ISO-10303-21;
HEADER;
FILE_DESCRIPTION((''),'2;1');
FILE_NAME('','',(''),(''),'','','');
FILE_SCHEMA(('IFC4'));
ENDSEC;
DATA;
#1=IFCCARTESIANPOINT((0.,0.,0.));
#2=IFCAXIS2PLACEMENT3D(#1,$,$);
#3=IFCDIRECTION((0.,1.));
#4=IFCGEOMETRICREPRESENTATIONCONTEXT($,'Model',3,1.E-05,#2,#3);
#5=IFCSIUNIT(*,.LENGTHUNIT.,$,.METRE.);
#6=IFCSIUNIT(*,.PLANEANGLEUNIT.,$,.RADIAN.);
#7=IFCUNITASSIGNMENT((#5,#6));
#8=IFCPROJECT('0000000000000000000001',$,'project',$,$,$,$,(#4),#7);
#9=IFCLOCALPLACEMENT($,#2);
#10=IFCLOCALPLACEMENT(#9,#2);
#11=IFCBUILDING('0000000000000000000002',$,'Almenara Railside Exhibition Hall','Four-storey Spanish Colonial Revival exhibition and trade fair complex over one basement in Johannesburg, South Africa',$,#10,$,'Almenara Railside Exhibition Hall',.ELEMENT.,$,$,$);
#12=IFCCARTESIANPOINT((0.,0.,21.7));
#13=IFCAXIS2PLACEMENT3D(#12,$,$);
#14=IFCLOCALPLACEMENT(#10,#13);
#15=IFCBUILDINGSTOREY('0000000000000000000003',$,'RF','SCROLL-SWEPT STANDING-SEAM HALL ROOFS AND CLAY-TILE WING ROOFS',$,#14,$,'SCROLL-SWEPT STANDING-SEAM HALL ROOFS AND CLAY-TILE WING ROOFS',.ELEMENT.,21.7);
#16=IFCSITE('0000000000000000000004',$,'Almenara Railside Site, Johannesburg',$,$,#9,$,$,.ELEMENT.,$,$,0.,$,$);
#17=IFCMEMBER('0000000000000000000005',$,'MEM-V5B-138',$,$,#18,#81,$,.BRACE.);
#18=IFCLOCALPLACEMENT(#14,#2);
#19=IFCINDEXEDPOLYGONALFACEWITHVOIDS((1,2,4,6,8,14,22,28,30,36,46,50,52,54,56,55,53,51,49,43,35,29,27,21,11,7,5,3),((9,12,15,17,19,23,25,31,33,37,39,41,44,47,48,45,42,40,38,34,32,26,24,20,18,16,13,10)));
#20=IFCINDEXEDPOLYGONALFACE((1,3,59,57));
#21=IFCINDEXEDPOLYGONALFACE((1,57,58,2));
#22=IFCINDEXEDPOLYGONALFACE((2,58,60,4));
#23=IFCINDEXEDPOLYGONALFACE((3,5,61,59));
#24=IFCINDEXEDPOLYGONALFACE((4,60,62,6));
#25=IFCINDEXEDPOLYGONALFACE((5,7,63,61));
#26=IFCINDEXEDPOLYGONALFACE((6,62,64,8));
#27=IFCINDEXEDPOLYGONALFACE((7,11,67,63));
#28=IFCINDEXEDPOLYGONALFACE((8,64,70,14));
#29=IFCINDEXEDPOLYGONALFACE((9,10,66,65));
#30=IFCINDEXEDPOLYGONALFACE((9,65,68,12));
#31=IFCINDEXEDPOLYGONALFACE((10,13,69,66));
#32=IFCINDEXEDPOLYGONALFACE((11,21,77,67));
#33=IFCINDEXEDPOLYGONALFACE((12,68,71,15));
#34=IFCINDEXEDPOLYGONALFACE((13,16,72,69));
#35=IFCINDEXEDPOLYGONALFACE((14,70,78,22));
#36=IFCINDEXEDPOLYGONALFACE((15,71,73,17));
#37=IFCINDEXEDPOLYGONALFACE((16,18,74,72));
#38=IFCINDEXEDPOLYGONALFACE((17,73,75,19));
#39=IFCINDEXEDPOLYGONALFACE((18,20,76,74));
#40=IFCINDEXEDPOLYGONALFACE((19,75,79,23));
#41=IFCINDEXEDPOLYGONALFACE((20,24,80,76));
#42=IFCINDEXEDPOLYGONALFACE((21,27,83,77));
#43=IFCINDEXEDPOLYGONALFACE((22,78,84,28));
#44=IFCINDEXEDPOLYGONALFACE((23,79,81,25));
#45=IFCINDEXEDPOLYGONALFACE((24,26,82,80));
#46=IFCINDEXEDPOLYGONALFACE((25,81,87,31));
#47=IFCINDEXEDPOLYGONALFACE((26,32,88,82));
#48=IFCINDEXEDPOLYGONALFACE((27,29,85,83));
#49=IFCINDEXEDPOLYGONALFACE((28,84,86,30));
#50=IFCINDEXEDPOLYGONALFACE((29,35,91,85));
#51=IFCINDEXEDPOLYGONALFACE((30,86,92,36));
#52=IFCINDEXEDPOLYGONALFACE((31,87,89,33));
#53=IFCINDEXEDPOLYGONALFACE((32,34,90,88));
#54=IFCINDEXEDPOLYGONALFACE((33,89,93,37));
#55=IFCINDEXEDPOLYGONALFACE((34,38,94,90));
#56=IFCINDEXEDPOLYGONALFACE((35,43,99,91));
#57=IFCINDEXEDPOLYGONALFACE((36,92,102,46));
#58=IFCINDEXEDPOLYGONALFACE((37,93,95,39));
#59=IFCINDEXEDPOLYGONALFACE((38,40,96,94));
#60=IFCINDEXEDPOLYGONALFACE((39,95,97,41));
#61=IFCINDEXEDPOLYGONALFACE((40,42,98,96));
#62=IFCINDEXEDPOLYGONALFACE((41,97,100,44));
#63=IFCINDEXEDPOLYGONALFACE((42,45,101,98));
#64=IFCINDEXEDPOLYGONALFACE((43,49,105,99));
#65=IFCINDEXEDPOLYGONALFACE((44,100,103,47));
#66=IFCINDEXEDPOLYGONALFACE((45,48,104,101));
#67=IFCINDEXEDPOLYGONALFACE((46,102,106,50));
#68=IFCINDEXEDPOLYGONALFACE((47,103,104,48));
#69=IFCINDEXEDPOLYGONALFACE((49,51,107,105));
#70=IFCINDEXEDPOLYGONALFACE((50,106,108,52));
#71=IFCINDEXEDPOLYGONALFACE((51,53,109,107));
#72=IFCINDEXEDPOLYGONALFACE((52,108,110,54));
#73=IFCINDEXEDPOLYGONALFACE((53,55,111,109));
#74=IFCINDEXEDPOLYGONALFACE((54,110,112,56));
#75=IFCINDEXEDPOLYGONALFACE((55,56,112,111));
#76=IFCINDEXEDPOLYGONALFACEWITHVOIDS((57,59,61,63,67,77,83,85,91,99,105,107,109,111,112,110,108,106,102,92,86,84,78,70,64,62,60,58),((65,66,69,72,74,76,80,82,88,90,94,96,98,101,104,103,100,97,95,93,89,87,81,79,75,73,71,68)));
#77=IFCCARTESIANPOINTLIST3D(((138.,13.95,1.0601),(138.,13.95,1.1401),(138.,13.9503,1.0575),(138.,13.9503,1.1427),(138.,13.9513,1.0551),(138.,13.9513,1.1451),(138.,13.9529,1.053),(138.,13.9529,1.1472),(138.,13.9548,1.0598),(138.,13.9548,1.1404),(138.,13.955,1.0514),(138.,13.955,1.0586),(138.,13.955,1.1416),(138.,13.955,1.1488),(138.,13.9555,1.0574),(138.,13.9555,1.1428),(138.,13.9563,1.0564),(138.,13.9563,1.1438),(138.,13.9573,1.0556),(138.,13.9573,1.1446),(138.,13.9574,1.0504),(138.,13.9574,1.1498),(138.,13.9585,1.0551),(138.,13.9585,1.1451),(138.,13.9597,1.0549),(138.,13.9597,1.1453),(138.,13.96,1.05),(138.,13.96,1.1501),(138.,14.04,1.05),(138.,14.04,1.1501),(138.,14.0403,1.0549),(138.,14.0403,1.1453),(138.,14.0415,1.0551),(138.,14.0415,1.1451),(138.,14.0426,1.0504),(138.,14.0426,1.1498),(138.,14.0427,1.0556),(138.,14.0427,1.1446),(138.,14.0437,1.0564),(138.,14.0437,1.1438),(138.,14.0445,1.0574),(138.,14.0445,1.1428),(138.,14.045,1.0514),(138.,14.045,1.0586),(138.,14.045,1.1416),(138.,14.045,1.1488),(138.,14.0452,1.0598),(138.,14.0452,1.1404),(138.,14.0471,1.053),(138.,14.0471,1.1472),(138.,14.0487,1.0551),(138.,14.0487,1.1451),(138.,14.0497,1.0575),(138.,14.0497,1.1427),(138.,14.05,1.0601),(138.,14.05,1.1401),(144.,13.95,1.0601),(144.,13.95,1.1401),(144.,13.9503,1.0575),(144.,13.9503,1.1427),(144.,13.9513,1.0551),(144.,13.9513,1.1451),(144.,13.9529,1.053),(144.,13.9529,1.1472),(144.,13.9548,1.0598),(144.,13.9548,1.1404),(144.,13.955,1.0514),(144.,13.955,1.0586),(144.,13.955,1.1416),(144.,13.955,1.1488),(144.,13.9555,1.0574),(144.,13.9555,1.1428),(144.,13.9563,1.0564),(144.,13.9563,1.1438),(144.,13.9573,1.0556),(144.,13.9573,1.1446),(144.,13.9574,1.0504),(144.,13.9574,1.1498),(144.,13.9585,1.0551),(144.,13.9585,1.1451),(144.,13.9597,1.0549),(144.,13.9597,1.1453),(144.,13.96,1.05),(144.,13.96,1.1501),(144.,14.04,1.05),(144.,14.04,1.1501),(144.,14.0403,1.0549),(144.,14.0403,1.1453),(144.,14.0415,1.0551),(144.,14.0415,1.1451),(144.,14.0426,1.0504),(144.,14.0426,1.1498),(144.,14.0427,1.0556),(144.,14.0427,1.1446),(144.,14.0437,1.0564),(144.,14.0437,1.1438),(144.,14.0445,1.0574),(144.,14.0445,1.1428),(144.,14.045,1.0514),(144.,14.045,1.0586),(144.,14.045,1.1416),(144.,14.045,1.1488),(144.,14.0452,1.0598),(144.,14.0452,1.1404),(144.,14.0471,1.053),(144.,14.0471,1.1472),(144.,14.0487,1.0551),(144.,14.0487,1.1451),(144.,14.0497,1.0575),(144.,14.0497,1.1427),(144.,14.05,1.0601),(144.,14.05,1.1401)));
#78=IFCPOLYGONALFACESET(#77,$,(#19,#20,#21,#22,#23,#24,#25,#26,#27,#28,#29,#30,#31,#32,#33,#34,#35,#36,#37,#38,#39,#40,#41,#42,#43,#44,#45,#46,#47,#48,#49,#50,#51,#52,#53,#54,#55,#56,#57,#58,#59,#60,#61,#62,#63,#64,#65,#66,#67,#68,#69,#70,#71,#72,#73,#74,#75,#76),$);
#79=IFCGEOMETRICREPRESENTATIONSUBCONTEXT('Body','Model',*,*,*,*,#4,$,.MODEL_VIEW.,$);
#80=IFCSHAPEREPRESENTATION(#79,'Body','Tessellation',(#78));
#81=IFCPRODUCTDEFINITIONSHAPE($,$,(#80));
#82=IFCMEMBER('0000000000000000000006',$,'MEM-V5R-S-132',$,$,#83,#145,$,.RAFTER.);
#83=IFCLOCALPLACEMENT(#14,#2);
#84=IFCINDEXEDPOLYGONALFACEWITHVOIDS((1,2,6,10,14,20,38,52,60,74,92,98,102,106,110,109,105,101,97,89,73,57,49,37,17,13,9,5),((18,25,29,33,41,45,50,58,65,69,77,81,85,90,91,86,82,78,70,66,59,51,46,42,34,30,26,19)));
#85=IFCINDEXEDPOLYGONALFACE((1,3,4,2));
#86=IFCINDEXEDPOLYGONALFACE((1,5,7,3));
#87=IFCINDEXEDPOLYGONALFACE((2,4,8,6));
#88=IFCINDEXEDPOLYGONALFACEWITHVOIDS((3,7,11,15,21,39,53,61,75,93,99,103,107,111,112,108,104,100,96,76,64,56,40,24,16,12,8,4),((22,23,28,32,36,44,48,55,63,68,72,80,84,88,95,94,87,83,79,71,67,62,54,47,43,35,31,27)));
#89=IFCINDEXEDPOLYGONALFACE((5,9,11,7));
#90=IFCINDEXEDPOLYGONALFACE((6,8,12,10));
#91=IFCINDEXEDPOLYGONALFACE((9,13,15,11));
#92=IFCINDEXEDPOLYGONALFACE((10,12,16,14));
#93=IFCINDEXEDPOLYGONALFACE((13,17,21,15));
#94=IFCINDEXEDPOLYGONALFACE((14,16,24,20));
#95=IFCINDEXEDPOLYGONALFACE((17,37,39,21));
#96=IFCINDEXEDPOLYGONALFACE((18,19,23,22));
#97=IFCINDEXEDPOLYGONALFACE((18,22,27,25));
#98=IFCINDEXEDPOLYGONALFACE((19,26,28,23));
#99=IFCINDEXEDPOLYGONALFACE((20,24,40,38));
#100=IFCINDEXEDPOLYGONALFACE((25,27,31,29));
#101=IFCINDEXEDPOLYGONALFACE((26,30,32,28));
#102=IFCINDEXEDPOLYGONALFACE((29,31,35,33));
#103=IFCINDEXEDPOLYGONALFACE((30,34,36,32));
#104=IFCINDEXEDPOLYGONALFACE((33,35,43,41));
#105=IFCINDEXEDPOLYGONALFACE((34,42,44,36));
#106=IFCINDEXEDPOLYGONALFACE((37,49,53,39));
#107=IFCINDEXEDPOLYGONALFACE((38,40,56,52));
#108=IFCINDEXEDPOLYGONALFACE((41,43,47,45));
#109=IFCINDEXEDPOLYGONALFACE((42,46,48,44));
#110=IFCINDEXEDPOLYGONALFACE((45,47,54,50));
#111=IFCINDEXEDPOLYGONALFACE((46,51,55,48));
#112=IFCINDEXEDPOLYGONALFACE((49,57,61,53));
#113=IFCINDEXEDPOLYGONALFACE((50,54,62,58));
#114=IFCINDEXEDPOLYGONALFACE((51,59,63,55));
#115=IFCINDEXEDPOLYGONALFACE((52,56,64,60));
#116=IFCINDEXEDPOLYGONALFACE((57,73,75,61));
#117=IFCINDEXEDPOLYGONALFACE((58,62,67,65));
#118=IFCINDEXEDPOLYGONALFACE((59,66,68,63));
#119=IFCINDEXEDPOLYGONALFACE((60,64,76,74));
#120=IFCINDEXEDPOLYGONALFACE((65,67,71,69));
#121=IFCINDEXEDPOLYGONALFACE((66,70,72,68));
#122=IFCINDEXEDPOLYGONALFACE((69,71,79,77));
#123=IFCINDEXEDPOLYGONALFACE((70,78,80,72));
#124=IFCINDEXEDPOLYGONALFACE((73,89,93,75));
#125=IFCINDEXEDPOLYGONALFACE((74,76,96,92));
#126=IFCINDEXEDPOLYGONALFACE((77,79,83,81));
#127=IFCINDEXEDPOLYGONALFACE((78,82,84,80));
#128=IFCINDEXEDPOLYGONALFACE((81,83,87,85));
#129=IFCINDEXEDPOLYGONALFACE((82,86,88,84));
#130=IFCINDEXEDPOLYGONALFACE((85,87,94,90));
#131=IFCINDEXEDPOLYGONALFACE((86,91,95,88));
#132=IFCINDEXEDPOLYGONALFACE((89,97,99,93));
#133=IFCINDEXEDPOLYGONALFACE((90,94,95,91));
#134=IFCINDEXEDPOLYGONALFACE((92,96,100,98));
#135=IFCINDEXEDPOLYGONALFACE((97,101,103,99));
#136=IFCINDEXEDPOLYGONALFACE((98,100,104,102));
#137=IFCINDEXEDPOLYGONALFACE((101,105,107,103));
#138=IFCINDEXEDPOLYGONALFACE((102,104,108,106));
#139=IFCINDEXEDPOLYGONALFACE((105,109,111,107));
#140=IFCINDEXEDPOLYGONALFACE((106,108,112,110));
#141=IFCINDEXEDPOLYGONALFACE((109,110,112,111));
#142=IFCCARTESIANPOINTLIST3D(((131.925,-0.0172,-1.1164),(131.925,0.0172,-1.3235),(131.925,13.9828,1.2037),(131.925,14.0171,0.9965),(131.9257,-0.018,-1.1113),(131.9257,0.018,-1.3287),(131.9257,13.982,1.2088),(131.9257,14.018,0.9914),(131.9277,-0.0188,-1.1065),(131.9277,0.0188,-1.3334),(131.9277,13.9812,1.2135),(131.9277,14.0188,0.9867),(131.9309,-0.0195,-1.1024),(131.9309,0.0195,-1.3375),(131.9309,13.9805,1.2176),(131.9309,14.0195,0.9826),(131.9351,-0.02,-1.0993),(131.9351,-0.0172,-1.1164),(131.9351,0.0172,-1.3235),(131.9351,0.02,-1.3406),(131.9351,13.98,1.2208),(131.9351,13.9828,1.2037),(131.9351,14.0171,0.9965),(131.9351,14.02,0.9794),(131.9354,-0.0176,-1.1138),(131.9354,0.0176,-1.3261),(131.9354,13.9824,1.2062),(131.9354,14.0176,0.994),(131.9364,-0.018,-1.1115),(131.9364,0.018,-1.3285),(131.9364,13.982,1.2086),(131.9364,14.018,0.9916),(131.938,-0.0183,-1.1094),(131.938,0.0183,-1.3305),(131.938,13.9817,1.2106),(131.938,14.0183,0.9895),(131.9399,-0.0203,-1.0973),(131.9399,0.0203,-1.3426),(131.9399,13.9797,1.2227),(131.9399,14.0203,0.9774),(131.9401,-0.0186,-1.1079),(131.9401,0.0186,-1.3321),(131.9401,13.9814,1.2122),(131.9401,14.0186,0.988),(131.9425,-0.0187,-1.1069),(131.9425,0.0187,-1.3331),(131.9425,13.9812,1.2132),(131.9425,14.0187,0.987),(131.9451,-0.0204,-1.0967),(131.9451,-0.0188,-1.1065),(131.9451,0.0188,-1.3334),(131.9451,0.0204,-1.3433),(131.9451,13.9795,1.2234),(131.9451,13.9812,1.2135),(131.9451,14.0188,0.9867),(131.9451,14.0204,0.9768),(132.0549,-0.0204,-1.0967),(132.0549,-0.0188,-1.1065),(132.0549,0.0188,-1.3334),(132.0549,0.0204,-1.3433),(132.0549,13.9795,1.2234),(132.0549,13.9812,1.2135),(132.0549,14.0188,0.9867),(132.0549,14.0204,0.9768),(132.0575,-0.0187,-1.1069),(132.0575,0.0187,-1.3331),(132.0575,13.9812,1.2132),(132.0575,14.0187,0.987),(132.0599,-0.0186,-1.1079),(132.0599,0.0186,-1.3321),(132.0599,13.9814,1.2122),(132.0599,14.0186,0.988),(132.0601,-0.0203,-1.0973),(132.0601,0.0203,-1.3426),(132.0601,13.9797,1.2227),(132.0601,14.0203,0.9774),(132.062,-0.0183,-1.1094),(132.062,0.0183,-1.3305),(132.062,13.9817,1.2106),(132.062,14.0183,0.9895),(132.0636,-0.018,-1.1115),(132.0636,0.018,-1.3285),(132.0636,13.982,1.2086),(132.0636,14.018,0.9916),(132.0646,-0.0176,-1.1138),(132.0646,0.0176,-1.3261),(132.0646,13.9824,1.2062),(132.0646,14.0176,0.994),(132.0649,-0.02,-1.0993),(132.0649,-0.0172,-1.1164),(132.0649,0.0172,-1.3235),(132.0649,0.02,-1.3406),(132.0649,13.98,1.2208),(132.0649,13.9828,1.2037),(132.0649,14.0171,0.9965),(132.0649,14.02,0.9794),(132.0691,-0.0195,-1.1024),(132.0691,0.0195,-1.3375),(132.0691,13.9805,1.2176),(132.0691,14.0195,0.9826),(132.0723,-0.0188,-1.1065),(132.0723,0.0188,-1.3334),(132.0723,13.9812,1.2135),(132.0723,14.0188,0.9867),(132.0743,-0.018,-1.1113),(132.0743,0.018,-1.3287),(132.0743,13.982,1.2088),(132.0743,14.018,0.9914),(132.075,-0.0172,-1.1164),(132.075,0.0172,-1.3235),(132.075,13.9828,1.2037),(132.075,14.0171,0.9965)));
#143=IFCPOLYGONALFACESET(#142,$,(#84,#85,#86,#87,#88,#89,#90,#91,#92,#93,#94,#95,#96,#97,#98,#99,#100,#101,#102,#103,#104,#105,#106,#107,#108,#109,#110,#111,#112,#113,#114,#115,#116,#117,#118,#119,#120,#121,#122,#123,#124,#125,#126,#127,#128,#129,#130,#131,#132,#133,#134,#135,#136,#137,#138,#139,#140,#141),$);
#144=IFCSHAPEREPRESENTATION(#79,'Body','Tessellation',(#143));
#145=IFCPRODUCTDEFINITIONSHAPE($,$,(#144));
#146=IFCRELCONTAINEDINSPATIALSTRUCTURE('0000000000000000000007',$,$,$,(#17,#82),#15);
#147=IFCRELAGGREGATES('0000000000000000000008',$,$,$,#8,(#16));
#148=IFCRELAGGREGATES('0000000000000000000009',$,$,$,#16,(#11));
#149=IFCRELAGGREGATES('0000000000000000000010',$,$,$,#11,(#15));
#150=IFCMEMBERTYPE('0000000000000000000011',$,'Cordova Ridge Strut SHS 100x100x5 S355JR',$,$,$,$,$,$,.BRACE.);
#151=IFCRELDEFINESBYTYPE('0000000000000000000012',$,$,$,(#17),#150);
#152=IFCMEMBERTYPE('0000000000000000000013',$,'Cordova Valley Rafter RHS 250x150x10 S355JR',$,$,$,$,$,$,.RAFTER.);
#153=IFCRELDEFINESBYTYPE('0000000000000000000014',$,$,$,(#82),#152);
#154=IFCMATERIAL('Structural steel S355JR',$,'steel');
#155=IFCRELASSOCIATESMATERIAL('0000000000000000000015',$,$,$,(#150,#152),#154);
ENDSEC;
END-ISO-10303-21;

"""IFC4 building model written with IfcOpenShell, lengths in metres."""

from ifc_helpers import new_model, si_unit, direction, frame, origin, origin_2d, place, context, subcontext, project, spatial, hollow_rectangle, extrude, material, material_profile, profile_set, type_object, element, save


model = new_model("IFC4")

# Units and contexts
model_context = context("Model", 3, precision=1e-05, world=origin(), true_north=direction((0.0, 1.0)))
body_context = subcontext(model_context, "Body", "Model", "MODEL_VIEW")
ifc_project = project(units=[si_unit("LENGTHUNIT", "METRE"), si_unit("PLANEANGLEUNIT", "RADIAN")], contexts=[model_context])

# Site, building, storey
site_placement = place(None, origin())
site = spatial("IfcSite", under=ifc_project, at=site_placement, Name="Almenara Railside Site, Johannesburg", CompositionType="ELEMENT", RefElevation=0.0)
building_placement = place(site_placement, origin())
building = spatial("IfcBuilding", under=site, at=building_placement, Name="Almenara Railside Exhibition Hall", Description="Four-storey Spanish Colonial Revival exhibition and trade fair complex over one basement in Johannesburg, South Africa", LongName="Almenara Railside Exhibition Hall", CompositionType="ELEMENT")
storey_placement = place(building_placement, frame((0.0, 0.0, 21.7)))
storey = spatial("IfcBuildingStorey", under=building, at=storey_placement, Name="RF", Description="SCROLL-SWEPT STANDING-SEAM HALL ROOFS AND CLAY-TILE WING ROOFS", LongName="SCROLL-SWEPT STANDING-SEAM HALL ROOFS AND CLAY-TILE WING ROOFS", CompositionType="ELEMENT", Elevation=21.7)

# Shared definitions
ifc_material_1 = material(Name="Structural steel S355JR", Category="steel")

# Members
ifc_material_profile_1 = material_profile(ifc_material_1, hollow_rectangle(XDim=0.1001, YDim=0.1001, WallThickness=0.0049, InnerFilletRadius=0.0049, OuterFilletRadius=0.01, at=origin_2d()), Name="SHS 100x100x5")
ifc_profile_set_1 = profile_set([ifc_material_profile_1], Name="Structural steel S355JR")
member_type_1 = type_object("IfcMemberType", Name="Cordova Ridge Strut SHS 100x100x5 S355JR", PredefinedType="BRACE", material=ifc_profile_set_1)
member_1_placement = place(storey_placement, frame((138.0, 14.0, 1.1001), z_axis=(1.0, 0.0, 0.0), x_axis=(0.0, 1.0, 0.0)))
element("IfcMember", 1, at=member_1_placement, inside=storey, type_object=member_type_1, Name="MEM-V5B-138", PredefinedType="BRACE", context=body_context, shape_type="SweptSolid", body=[
    extrude(hollow_rectangle(XDim=0.1001, YDim=0.1001, WallThickness=0.0049, InnerFilletRadius=0.0049, OuterFilletRadius=0.01, at=origin_2d()), origin(), (0.0, 0.0, 1.0), 6.0),
])
ifc_material_profile_2 = material_profile(ifc_material_1, hollow_rectangle(XDim=0.1499, YDim=0.25, WallThickness=0.01, InnerFilletRadius=0.01, OuterFilletRadius=0.02, at=origin_2d()), Name="RHS 250x150x10")
ifc_profile_set_2 = profile_set([ifc_material_profile_2], Name="Structural steel S355JR")
member_type_2 = type_object("IfcMemberType", Name="Cordova Valley Rafter RHS 250x150x10 S355JR", PredefinedType="RAFTER", material=ifc_profile_set_2)
for number, where, z_axis, x_axis, name in (
    (2, (132.0, 0.0, -1.22), (0.0, 0.986545, 0.163489), (-1.0, 0.0, 0.0), "MEM-V5R-S-132"),
):
    element("IfcMember", number, at=place(storey_placement, frame(where, z_axis=z_axis, x_axis=x_axis)), inside=storey, type_object=member_type_2, Name=name, PredefinedType="RAFTER", context=body_context, shape_type="SweptSolid", body=[
        extrude(hollow_rectangle(XDim=0.1499, YDim=0.25, WallThickness=0.01, InnerFilletRadius=0.01, OuterFilletRadius=0.02, at=origin_2d()), origin(), (0.0, 0.0, 1.0), 14.1909),
    ])

save(model, "model.ifc")
